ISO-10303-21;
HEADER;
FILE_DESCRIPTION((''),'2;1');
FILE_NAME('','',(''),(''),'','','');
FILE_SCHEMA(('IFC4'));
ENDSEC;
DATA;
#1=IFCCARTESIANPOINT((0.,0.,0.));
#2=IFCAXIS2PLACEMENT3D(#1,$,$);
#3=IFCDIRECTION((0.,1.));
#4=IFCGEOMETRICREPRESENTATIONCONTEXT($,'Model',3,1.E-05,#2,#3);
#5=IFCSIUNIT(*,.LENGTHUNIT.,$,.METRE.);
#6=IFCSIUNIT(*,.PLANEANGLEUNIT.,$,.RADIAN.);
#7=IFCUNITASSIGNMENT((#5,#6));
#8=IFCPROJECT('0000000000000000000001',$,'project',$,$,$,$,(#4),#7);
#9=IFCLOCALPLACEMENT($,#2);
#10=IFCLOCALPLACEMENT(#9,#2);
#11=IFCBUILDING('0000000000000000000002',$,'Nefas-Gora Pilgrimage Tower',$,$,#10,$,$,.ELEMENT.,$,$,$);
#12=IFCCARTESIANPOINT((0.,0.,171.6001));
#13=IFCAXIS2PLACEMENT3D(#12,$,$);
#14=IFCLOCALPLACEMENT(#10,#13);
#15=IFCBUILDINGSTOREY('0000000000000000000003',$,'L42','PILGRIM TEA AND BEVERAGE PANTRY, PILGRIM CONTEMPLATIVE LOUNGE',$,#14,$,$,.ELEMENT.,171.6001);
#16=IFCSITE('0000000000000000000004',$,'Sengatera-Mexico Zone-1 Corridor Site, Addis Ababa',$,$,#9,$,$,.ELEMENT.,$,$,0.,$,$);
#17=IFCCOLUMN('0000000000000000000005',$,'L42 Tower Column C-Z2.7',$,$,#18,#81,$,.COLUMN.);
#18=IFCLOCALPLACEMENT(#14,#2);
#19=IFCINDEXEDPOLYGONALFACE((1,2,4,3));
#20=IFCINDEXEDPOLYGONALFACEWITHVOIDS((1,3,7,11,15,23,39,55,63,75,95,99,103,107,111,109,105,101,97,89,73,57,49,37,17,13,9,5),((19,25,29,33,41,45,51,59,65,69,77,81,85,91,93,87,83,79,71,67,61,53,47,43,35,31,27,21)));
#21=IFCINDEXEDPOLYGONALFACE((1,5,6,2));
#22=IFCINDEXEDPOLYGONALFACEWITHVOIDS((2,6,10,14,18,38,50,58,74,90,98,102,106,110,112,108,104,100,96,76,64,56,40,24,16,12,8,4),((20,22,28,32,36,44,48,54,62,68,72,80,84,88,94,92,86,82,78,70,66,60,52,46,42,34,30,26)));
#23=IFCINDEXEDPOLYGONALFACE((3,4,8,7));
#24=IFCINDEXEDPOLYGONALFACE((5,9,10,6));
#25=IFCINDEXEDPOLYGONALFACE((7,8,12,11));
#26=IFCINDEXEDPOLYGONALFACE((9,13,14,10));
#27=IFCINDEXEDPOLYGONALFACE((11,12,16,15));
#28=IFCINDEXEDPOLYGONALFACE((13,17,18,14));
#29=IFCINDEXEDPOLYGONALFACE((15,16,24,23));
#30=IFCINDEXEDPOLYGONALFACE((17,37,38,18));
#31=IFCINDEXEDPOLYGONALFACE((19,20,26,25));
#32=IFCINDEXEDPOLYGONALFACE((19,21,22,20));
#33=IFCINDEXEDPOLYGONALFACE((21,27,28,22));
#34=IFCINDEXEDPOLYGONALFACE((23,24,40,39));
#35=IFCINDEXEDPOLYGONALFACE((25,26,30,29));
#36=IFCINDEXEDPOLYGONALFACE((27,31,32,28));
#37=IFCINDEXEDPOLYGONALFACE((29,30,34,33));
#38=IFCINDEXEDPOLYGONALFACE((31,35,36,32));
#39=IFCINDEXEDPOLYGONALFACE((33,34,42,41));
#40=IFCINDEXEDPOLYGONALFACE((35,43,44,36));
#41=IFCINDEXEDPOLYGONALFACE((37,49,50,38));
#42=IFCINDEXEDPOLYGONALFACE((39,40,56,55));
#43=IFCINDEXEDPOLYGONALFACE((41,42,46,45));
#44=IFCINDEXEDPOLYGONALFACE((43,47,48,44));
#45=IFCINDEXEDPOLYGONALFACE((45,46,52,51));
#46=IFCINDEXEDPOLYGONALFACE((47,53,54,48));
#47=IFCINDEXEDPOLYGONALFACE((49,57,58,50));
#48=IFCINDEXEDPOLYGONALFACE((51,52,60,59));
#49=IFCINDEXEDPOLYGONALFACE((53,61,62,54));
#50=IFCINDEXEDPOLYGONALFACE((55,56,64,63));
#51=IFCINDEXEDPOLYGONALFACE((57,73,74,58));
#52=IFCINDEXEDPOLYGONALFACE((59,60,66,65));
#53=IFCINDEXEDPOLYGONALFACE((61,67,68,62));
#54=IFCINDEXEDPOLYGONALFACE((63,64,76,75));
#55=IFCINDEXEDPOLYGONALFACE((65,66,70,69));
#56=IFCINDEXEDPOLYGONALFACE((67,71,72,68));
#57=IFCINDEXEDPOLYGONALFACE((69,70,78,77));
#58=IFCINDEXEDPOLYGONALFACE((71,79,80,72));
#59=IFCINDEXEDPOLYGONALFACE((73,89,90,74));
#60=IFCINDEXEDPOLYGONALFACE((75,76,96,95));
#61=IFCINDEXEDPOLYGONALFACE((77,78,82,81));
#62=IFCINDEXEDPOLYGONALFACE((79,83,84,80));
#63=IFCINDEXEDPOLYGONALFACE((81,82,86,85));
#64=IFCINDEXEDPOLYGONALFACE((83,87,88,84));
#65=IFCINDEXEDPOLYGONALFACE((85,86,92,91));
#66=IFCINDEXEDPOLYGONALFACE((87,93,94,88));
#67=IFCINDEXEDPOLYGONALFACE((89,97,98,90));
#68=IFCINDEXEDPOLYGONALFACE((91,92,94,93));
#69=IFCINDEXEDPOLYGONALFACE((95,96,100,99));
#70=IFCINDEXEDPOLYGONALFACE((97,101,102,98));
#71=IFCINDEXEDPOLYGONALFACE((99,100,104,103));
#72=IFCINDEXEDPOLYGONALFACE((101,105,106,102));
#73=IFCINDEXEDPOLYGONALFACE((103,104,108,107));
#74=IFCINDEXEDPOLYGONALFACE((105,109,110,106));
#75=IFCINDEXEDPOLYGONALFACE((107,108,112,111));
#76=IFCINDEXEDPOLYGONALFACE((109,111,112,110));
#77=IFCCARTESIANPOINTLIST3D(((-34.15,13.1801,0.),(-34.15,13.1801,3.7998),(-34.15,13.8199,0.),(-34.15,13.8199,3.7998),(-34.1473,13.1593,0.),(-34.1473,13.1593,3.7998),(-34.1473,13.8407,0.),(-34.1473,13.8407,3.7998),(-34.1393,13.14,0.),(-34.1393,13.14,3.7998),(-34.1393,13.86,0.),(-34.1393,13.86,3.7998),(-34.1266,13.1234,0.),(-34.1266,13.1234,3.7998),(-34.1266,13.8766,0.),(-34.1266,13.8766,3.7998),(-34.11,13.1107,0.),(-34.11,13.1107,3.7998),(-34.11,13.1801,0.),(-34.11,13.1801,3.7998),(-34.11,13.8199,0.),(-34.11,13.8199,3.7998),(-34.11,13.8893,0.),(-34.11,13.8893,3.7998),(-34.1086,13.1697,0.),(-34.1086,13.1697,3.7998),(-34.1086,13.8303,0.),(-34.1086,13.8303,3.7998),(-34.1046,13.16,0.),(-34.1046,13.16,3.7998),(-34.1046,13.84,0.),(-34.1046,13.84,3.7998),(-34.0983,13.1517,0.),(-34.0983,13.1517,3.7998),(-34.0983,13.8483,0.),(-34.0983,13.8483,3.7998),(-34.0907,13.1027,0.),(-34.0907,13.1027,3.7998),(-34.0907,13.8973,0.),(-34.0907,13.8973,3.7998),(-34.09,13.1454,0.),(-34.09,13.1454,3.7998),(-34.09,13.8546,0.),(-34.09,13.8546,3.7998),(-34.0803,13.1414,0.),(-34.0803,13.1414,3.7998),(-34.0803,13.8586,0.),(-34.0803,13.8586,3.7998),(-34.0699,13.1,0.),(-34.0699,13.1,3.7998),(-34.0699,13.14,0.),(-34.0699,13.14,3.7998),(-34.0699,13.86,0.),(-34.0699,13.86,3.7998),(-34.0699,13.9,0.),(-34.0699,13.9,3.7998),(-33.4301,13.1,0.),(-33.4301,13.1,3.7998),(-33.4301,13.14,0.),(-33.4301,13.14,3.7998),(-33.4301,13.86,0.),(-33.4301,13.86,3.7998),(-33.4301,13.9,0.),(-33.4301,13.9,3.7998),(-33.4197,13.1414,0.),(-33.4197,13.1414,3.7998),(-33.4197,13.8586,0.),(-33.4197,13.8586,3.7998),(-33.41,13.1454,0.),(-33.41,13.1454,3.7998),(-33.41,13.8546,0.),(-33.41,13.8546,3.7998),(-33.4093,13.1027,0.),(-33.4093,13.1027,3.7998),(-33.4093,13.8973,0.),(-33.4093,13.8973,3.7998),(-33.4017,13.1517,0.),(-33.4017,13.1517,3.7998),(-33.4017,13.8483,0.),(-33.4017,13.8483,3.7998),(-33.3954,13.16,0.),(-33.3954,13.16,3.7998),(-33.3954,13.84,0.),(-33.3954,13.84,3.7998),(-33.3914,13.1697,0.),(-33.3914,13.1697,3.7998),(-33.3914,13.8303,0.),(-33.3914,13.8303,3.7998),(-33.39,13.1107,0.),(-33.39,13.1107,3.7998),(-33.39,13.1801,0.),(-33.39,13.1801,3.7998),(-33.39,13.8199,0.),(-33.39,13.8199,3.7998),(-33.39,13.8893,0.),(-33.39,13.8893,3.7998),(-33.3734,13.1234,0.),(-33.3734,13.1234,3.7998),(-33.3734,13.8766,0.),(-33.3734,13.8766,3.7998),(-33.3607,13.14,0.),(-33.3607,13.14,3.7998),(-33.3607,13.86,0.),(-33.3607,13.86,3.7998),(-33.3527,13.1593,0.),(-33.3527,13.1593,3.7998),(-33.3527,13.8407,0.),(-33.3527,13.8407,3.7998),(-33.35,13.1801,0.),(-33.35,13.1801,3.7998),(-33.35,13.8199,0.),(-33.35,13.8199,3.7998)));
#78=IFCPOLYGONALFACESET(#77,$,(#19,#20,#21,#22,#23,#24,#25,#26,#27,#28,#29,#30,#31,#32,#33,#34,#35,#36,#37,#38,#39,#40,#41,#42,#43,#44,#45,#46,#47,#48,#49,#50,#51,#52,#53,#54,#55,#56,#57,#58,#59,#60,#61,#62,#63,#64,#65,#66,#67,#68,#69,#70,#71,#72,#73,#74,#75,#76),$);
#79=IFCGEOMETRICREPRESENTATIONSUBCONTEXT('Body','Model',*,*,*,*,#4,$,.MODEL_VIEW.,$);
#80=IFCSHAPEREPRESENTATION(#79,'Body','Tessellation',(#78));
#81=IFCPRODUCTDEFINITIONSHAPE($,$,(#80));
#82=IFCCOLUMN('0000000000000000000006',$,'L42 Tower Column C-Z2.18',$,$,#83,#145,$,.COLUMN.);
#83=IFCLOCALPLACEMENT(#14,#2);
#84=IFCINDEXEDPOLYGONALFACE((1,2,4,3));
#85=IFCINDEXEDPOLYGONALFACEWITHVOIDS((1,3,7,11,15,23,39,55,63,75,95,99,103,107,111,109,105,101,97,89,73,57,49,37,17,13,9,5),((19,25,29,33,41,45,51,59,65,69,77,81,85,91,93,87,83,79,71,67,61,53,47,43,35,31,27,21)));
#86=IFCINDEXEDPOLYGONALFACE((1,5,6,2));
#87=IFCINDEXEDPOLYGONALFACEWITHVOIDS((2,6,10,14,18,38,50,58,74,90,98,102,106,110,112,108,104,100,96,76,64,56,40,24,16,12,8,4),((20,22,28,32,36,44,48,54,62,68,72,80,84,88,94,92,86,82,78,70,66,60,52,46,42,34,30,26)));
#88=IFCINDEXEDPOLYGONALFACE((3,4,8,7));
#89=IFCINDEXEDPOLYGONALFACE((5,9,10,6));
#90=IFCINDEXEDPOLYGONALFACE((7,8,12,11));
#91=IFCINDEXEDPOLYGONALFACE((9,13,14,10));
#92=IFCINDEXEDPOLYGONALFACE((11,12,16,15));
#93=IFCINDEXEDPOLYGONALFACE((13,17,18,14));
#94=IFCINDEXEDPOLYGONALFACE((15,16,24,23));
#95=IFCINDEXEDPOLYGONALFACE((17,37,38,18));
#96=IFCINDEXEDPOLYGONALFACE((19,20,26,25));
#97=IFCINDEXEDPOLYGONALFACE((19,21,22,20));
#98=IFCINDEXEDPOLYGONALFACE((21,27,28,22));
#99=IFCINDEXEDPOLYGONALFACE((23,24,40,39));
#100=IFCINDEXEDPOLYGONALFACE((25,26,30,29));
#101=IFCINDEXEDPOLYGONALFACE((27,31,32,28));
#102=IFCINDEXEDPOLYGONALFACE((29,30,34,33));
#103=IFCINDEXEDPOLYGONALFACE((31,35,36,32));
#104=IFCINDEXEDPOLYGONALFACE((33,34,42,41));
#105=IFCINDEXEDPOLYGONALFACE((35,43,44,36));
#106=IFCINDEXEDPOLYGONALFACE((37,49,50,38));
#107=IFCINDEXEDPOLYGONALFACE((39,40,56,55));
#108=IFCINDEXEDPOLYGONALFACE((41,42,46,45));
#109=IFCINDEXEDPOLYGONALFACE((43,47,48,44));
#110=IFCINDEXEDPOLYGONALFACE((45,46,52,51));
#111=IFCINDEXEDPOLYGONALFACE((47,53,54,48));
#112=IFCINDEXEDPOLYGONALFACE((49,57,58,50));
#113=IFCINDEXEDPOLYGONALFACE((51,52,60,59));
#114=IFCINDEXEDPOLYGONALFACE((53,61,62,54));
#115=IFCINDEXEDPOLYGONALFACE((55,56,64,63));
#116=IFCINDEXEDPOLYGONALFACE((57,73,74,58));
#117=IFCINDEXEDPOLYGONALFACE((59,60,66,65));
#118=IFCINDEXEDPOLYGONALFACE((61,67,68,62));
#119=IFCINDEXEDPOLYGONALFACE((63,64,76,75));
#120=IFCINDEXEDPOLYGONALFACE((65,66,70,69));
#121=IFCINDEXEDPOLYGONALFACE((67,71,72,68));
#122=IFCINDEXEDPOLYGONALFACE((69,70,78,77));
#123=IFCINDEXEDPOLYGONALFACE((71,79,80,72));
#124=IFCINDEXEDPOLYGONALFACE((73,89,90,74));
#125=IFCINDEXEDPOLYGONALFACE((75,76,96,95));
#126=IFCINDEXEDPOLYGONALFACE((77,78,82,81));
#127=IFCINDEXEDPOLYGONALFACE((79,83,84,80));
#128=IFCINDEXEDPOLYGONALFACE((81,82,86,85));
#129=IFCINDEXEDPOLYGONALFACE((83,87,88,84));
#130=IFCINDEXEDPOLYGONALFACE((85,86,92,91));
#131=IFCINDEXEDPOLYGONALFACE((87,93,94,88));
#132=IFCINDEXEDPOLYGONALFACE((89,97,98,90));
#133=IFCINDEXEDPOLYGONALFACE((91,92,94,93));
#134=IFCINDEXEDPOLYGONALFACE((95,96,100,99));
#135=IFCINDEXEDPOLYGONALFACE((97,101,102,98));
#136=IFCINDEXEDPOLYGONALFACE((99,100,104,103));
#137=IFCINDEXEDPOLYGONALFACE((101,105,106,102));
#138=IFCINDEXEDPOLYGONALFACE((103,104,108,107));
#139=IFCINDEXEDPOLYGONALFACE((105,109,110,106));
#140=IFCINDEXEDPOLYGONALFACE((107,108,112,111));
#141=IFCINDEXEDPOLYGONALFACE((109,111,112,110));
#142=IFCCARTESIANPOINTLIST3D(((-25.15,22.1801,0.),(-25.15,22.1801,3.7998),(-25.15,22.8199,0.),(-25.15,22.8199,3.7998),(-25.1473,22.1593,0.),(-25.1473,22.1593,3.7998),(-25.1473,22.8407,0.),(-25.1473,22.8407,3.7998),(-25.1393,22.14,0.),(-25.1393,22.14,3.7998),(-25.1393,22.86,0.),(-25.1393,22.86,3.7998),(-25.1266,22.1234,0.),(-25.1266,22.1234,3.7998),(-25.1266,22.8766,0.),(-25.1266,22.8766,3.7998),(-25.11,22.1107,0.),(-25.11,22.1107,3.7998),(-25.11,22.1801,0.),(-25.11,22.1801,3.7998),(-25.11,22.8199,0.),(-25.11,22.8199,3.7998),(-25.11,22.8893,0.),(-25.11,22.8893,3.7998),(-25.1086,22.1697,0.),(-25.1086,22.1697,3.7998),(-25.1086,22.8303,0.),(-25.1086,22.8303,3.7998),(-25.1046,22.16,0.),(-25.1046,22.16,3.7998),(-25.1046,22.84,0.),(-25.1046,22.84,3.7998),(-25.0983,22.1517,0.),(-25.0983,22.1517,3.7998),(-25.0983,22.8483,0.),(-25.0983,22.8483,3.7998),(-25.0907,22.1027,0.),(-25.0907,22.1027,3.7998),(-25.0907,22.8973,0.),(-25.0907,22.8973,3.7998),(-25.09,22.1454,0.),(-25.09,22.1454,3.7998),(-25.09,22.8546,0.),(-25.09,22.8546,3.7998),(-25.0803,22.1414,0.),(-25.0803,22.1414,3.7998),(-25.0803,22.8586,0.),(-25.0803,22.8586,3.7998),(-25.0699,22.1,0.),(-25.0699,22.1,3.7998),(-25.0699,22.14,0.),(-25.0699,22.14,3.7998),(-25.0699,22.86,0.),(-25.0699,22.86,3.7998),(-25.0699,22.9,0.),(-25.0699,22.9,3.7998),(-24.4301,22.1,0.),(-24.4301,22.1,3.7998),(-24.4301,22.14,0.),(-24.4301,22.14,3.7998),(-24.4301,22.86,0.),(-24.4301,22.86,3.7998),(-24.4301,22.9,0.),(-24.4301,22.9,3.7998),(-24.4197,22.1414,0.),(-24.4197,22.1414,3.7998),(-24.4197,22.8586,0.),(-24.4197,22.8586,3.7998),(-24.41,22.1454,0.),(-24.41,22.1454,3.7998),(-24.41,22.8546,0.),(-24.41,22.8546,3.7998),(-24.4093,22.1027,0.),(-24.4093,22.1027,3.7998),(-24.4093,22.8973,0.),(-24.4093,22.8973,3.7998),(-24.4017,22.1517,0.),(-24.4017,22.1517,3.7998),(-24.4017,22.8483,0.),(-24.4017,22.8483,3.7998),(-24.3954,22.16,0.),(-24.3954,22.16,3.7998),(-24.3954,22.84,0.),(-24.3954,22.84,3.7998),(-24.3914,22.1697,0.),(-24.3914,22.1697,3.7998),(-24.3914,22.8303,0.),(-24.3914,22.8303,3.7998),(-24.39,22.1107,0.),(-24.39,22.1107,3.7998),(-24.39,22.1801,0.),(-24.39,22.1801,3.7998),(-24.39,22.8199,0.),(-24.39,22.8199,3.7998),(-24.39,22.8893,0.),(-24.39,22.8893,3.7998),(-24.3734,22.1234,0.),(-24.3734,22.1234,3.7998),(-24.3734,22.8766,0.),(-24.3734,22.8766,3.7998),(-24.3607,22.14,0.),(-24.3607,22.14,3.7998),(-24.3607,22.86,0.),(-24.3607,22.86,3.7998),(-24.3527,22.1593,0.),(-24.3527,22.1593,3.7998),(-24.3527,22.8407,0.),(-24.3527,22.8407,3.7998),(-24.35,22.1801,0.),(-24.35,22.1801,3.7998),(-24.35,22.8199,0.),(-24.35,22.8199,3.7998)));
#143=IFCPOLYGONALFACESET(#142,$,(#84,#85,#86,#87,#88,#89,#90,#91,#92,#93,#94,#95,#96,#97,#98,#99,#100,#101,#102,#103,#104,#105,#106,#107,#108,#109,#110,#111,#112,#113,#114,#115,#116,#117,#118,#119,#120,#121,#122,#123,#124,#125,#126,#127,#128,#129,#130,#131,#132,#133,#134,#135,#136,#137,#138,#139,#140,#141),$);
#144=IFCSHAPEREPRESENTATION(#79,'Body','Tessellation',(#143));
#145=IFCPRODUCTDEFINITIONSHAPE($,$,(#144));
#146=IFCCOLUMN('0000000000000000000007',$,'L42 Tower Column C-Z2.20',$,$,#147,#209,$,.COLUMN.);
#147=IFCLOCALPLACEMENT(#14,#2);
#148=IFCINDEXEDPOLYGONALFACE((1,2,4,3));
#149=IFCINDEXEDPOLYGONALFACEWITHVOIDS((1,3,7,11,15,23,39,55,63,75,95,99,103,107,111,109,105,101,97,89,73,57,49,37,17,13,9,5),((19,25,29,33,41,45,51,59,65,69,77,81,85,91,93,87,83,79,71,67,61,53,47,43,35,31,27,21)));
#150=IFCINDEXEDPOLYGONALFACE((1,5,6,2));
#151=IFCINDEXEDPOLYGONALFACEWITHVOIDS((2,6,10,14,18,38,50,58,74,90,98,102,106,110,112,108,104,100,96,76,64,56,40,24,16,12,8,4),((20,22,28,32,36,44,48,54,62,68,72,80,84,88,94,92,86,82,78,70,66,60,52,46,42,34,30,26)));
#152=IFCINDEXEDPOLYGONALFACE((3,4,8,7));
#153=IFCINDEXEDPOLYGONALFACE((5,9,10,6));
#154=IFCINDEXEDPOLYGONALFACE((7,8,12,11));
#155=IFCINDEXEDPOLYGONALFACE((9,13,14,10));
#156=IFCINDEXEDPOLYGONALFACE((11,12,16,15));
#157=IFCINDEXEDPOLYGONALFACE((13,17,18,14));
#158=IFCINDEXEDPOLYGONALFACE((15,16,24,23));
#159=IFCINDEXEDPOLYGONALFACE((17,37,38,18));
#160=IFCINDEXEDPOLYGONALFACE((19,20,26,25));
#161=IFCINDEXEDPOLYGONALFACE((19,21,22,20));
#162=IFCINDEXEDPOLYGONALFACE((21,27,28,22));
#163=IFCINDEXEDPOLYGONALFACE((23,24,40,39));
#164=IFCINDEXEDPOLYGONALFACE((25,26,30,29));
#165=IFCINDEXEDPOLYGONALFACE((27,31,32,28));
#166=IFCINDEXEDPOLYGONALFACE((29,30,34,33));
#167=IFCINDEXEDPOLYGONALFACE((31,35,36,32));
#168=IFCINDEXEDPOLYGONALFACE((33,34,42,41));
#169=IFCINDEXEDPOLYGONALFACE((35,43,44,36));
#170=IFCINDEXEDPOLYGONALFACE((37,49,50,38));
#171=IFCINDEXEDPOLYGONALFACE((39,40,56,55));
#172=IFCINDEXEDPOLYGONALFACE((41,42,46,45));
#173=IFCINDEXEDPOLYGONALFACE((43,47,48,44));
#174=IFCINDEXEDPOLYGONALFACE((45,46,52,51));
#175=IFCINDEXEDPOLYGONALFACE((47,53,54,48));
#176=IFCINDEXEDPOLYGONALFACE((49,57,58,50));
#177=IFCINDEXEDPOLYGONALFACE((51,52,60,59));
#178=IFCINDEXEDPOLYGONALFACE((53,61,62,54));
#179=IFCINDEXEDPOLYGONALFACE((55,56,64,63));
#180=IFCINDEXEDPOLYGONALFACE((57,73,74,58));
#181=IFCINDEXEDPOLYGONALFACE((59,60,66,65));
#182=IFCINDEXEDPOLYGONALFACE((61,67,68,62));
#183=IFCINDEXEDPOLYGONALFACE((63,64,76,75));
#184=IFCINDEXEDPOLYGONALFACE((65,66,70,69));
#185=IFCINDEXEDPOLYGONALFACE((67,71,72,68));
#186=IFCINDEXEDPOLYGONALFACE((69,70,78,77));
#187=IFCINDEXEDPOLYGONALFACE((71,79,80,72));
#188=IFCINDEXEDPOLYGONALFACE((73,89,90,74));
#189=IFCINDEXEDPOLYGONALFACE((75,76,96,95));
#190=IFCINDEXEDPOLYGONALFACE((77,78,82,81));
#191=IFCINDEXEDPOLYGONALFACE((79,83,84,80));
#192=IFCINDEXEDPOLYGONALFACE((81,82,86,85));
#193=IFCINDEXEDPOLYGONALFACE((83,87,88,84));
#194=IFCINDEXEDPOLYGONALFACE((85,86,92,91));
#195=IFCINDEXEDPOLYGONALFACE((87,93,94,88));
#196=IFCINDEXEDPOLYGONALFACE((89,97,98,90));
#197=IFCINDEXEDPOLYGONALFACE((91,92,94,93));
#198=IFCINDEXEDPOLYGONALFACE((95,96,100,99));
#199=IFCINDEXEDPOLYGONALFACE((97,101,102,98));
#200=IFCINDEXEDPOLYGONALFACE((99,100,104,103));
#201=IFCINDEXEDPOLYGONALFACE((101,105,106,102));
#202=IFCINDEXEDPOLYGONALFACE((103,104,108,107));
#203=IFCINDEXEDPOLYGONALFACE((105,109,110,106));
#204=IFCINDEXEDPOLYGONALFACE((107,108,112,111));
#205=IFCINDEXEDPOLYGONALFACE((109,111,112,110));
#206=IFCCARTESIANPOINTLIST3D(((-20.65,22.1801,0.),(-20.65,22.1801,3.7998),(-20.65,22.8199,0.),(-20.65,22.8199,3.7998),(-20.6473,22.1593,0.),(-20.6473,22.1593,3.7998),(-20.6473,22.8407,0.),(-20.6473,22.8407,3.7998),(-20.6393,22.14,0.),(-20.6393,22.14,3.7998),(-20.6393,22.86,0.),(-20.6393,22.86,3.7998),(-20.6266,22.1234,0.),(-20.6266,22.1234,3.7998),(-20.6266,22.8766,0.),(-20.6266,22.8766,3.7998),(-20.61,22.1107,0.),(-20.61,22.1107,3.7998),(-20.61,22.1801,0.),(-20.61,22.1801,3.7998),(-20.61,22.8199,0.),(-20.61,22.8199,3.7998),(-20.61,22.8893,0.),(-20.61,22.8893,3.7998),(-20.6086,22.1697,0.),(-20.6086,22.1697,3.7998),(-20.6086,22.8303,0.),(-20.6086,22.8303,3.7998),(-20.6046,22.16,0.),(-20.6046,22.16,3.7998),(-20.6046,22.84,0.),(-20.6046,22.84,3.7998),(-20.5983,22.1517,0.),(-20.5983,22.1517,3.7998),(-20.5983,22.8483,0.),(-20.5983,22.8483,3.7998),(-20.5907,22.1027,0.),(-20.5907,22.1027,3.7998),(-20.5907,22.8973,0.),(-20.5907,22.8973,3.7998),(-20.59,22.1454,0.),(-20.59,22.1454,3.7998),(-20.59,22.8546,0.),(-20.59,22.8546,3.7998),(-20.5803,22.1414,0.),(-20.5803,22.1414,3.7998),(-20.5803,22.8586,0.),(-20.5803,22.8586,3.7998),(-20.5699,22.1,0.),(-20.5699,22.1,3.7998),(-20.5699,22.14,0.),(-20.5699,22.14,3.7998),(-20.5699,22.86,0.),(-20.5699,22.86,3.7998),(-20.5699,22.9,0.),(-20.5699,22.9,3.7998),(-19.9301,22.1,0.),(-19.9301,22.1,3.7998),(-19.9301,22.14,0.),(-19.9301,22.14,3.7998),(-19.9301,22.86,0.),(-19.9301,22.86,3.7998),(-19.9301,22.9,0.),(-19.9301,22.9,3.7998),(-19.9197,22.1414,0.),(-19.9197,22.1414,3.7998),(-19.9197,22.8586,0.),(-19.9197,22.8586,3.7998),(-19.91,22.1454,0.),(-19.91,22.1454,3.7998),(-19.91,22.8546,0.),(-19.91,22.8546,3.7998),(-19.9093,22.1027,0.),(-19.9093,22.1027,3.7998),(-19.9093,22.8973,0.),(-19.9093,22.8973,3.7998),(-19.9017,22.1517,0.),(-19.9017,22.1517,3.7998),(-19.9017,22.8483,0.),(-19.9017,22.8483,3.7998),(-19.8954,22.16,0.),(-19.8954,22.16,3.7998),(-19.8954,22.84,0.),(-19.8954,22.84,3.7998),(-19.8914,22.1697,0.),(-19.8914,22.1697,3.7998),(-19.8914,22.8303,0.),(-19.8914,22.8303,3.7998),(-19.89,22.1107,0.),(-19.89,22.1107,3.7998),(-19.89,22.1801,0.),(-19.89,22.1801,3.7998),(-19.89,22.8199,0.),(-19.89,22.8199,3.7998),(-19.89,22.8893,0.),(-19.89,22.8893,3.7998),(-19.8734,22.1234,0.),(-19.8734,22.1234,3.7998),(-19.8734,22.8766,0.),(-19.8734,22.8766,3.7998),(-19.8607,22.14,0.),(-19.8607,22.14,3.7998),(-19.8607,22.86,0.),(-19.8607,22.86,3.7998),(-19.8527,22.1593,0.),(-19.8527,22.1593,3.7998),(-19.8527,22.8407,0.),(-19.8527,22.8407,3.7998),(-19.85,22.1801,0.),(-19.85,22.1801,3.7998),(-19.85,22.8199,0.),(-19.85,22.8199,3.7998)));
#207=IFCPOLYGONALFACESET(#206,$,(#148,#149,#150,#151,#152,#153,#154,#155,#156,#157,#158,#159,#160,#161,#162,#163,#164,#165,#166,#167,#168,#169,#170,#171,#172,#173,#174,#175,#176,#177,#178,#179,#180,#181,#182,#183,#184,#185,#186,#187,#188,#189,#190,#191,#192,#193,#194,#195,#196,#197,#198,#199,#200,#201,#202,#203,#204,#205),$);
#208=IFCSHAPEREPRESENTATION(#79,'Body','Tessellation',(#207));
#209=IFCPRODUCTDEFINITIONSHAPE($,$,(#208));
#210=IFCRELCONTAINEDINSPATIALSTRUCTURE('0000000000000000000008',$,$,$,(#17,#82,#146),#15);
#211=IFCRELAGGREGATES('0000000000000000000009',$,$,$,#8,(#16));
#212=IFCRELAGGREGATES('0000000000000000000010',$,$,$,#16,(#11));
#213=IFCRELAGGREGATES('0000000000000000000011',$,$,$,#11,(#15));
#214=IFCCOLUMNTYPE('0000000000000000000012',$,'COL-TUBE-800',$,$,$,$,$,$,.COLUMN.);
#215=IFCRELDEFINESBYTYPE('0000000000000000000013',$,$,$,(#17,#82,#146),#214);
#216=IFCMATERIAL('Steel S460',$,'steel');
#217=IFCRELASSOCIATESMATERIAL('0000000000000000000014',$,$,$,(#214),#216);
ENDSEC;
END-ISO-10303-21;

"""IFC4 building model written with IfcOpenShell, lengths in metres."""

from ifc_helpers import new_model, si_unit, direction, frame, origin, origin_2d, place, context, subcontext, project, spatial, hollow_rectangle, extrude, source, transform, mapped, material, material_profile, profile_set, type_object, element, save


model = new_model("IFC4")

# Units and contexts
model_context = context("Model", 3, precision=1e-05, world=origin(), true_north=direction((0.0, 1.0)))
body_context = subcontext(model_context, "Body", "Model", "MODEL_VIEW")
ifc_project = project(units=[si_unit("LENGTHUNIT", "METRE"), si_unit("PLANEANGLEUNIT", "RADIAN")], contexts=[model_context])

# Site, building, storey
site_placement = place(None, origin())
site = spatial("IfcSite", under=ifc_project, at=site_placement, Name="Sengatera-Mexico Zone-1 Corridor Site, Addis Ababa", CompositionType="ELEMENT", RefElevation=0.0)
building_placement = place(site_placement, origin())
building = spatial("IfcBuilding", under=site, at=building_placement, Name="Nefas-Gora Pilgrimage Tower", CompositionType="ELEMENT")
storey_placement = place(building_placement, frame((0.0, 0.0, 171.6001)))
storey = spatial("IfcBuildingStorey", under=building, at=storey_placement, Name="L42", Description="PILGRIM TEA AND BEVERAGE PANTRY, PILGRIM CONTEMPLATIVE LOUNGE", CompositionType="ELEMENT", Elevation=171.6001)

# Columns
ifc_material_1 = material(Name="Steel S460", Category="steel")
ifc_material_profile_1 = material_profile(ifc_material_1, hollow_rectangle(XDim=0.8, YDim=0.8, WallThickness=0.04, InnerFilletRadius=0.04, OuterFilletRadius=0.0801, at=origin_2d()), Name="BOX 800x800x40")
ifc_profile_set_1 = profile_set([ifc_material_profile_1], Name="Steel S460")
column_type_1 = type_object("IfcColumnType", Name="COL-TUBE-800", PredefinedType="COLUMN", material=ifc_profile_set_1)
shared_shape_1 = source(origin(), body_context, "Body", "SweptSolid", [
    extrude(hollow_rectangle(XDim=0.8, YDim=0.8, WallThickness=0.04, InnerFilletRadius=0.04, OuterFilletRadius=0.0801, at=origin_2d()), origin(), (0.0, 0.0, 1.0), 3.7998),
])
for number, where, z_axis, x_axis, name in (
    (1, (-33.75, 13.5, 0.0), (0.0, 0.0, 1.0), (1.0, 0.0, 0.0), "L42 Tower Column C-Z2.7"),
    (2, (-24.75, 22.5, 0.0), (0.0, 0.0, 1.0), (1.0, 0.0, 0.0), "L42 Tower Column C-Z2.18"),
    (3, (-20.25, 22.5, 0.0), (0.0, 0.0, 1.0), (1.0, 0.0, 0.0), "L42 Tower Column C-Z2.20"),
):
    element("IfcColumn", number, at=place(storey_placement, frame(where, z_axis=z_axis, x_axis=x_axis)), inside=storey, type_object=column_type_1, Name=name, PredefinedType="COLUMN", context=body_context, shape_type="MappedRepresentation", body=[
        mapped(shared_shape_1, transform((0.0, 0.0, 0.0), x_axis=(1.0, 0.0, 0.0), y_axis=(0.0, 1.0, 0.0), z_axis=(0.0, 0.0, 1.0), scale=1.0)),
    ])

save(model, "model.ifc")
